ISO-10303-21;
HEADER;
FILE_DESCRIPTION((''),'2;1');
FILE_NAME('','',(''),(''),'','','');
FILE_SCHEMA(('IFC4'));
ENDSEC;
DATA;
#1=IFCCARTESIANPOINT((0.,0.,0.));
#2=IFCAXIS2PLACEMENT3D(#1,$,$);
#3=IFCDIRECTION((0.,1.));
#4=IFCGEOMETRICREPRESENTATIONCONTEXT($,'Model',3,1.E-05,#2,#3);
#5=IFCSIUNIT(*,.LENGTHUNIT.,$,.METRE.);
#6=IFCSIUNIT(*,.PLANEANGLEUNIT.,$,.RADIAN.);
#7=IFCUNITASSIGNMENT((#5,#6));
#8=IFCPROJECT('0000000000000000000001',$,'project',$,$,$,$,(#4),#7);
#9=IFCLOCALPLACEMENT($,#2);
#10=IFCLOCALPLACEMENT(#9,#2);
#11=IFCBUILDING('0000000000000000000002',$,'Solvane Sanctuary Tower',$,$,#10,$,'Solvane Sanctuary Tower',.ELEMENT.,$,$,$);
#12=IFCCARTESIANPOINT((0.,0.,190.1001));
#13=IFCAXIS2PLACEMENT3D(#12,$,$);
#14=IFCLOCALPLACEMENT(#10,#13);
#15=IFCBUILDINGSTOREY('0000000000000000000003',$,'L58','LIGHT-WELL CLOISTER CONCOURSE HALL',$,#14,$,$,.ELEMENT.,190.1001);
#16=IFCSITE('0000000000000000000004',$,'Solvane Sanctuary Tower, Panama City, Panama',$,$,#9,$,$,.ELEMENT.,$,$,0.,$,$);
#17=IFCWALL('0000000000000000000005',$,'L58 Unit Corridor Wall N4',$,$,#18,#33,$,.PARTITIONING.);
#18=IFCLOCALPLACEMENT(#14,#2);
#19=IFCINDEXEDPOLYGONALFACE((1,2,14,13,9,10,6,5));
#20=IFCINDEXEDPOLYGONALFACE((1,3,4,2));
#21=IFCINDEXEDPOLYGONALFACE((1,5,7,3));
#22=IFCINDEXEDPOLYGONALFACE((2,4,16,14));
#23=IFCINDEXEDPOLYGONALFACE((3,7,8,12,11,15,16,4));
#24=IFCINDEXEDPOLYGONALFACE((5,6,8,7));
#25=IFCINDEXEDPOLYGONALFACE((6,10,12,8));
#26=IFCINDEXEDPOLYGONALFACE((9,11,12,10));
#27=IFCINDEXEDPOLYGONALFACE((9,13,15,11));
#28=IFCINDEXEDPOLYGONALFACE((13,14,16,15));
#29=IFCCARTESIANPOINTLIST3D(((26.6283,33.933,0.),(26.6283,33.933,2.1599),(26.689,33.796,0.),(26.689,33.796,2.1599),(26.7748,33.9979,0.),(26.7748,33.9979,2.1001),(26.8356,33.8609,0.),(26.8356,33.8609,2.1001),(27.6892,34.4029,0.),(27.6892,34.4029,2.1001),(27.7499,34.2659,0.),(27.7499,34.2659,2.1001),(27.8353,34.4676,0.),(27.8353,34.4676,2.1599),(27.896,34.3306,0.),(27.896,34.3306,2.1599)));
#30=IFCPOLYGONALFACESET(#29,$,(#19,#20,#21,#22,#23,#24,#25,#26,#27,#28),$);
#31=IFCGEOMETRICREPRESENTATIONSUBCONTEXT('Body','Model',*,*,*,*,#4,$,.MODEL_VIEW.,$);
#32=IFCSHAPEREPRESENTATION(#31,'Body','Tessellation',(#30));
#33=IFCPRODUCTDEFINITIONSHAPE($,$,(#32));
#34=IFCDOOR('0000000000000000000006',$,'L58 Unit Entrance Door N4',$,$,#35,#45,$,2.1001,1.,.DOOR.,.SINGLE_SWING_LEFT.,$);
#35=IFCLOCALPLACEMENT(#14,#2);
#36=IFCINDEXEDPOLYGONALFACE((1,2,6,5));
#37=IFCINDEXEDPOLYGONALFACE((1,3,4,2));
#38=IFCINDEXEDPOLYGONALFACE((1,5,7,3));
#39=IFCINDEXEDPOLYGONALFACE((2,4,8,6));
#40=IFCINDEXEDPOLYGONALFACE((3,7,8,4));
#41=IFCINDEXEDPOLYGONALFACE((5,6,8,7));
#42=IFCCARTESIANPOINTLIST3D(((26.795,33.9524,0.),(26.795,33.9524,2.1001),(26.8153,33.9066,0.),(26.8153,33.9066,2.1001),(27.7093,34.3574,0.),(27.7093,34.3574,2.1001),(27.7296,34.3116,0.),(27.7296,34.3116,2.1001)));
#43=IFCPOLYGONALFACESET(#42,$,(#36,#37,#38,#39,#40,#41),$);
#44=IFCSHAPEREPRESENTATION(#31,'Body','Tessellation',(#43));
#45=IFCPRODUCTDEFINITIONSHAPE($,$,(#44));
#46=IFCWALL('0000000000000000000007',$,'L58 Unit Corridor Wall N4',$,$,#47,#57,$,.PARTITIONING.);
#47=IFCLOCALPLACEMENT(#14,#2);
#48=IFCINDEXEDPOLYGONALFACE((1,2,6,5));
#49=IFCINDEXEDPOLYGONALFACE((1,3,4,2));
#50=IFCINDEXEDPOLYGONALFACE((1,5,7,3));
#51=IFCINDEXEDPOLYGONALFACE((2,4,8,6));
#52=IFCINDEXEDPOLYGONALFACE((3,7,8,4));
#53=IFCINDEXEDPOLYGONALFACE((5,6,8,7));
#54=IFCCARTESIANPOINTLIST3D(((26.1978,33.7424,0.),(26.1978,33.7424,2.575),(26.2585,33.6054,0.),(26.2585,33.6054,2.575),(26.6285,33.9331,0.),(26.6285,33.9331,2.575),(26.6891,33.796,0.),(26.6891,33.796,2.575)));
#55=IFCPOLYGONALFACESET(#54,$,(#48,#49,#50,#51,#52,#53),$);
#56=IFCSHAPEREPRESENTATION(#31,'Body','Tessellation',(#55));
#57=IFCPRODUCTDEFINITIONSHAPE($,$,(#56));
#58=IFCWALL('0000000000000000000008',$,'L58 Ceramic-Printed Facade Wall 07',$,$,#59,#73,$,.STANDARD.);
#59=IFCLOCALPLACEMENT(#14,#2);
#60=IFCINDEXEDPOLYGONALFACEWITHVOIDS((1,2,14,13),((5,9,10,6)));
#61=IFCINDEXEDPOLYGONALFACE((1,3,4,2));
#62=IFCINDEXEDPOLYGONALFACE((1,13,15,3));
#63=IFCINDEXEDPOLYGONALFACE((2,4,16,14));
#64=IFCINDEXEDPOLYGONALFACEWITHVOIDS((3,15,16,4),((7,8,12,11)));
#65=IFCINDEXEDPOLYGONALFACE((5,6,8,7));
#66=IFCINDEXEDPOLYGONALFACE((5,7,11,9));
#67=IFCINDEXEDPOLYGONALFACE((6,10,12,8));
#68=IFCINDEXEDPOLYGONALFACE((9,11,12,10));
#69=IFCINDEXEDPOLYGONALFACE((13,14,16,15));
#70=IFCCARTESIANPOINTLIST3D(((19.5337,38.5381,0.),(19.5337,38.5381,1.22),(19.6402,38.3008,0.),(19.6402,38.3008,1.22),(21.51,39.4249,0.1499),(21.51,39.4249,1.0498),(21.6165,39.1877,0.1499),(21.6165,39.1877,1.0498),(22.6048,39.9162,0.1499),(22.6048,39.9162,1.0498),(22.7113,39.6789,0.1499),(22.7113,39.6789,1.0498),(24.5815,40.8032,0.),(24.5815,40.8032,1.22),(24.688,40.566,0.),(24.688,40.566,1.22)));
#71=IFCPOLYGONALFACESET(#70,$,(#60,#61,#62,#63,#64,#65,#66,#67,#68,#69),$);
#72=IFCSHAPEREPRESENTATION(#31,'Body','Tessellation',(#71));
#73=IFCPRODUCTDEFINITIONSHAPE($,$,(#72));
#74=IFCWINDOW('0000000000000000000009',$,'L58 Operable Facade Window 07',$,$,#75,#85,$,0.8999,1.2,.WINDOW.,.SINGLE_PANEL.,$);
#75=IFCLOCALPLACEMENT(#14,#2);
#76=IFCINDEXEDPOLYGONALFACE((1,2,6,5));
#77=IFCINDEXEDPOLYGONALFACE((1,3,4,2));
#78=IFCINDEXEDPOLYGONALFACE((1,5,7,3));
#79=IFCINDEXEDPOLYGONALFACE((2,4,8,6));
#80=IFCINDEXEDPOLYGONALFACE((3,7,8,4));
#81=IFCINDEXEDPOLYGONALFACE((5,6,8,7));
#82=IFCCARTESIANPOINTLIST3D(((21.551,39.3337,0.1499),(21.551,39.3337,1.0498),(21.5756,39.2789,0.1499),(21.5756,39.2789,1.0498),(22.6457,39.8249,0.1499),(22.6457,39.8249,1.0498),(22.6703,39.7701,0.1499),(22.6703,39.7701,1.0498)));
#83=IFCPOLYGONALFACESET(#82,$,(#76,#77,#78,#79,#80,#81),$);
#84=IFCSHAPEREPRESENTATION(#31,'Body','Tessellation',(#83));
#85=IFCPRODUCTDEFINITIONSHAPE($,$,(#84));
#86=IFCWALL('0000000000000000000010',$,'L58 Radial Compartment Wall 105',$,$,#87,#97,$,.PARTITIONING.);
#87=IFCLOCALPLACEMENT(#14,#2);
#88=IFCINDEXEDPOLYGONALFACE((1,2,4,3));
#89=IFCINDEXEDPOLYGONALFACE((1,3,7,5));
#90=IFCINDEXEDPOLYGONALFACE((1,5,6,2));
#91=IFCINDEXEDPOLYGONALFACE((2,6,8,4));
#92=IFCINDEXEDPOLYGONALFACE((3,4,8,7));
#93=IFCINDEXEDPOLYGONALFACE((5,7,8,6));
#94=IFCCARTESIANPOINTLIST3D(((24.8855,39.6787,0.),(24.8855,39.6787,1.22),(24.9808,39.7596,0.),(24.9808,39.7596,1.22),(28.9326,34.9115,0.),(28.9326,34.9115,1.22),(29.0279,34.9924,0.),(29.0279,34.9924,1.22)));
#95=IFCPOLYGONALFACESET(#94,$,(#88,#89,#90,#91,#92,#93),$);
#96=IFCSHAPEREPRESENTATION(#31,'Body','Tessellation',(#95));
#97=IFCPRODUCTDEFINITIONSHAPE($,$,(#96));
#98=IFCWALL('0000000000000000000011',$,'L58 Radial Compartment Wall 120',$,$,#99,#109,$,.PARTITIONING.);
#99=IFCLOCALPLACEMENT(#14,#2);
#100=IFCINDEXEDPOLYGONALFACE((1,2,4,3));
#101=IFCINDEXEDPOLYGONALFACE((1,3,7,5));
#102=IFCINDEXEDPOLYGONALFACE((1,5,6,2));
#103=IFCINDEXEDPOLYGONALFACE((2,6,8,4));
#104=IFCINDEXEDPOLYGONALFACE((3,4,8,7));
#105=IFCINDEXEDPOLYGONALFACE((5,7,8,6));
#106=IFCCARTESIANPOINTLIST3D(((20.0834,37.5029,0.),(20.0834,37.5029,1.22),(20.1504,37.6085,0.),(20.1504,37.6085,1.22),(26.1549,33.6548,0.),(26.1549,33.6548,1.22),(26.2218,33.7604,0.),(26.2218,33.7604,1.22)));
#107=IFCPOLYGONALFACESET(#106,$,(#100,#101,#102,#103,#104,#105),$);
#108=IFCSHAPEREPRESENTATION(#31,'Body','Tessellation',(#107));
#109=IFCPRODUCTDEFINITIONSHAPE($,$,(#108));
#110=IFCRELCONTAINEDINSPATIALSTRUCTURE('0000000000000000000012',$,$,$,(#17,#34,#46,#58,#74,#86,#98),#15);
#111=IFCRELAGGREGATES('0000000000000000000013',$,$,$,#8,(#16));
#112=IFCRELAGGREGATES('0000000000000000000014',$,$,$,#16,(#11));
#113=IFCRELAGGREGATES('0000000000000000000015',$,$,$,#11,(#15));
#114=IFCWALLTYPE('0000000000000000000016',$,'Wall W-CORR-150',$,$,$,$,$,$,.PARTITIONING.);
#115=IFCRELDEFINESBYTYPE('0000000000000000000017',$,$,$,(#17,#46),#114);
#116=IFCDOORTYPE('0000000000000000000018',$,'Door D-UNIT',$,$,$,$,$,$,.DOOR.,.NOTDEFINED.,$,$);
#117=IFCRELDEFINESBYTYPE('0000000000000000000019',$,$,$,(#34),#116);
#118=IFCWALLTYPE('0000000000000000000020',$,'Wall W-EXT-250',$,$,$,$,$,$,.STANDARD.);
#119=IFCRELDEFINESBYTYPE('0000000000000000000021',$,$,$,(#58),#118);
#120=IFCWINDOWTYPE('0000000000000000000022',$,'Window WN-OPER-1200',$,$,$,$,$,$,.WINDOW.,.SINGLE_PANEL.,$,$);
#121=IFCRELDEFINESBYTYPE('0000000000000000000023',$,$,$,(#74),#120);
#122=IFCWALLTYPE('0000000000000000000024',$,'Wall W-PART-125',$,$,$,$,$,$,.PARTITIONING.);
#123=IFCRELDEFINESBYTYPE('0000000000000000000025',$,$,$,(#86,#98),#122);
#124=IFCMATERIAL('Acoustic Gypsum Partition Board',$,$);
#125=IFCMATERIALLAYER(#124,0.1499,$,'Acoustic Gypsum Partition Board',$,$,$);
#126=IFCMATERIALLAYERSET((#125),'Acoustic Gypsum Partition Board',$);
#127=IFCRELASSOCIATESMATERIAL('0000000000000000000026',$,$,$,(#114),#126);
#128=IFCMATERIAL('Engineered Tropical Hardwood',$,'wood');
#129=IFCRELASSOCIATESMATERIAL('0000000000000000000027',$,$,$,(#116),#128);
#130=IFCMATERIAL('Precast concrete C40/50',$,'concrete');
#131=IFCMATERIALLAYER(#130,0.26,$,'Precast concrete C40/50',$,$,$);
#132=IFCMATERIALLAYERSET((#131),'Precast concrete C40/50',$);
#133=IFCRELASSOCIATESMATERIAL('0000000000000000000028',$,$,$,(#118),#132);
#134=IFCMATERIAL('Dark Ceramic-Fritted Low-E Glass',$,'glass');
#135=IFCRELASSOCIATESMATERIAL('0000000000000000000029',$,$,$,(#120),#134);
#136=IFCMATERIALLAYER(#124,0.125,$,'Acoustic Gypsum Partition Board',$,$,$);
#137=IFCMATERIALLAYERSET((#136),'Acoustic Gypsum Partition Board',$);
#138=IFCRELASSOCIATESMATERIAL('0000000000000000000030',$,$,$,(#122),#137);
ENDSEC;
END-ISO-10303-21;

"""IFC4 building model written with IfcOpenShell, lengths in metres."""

from ifc_helpers import new_model, si_unit, direction, frame, frame_2d, origin, place, context, subcontext, project, spatial, rectangle, extrude, material, layer, layer_set, type_object, element, fill, save


model = new_model("IFC4")

# Units and contexts
model_context = context("Model", 3, precision=1e-05, world=origin(), true_north=direction((0.0, 1.0)))
body_context = subcontext(model_context, "Body", "Model", "MODEL_VIEW")
ifc_project = project(units=[si_unit("LENGTHUNIT", "METRE"), si_unit("PLANEANGLEUNIT", "RADIAN")], contexts=[model_context])

# Site, building, storey
site_placement = place(None, origin())
site = spatial("IfcSite", under=ifc_project, at=site_placement, Name="Solvane Sanctuary Tower, Panama City, Panama", CompositionType="ELEMENT", RefElevation=0.0)
building_placement = place(site_placement, origin())
building = spatial("IfcBuilding", under=site, at=building_placement, Name="Solvane Sanctuary Tower", LongName="Solvane Sanctuary Tower", CompositionType="ELEMENT")
storey_placement = place(building_placement, frame((0.0, 0.0, 190.1001)))
storey = spatial("IfcBuildingStorey", under=building, at=storey_placement, Name="L58", Description="LIGHT-WELL CLOISTER CONCOURSE HALL", CompositionType="ELEMENT", Elevation=190.1001)

# Shared definitions
ifc_material_1 = material(Name="Acoustic Gypsum Partition Board")
ifc_layer_1 = layer(ifc_material_1, 0.1499, Name="Acoustic Gypsum Partition Board")
ifc_layer_set_1 = layer_set([ifc_layer_1], Name="Acoustic Gypsum Partition Board")
wall_type_1 = type_object("IfcWallType", Name="Wall W-CORR-150", PredefinedType="PARTITIONING", material=ifc_layer_set_1)

# Wall, opening, door
wall_1_placement = place(storey_placement, frame((27.8657, 34.3992, 0.0), z_axis=(0.0, 0.0, 1.0), x_axis=(-0.914314, -0.405006, 0.0)))
wall_1 = element("IfcWall", 1, at=wall_1_placement, inside=storey, type_object=wall_type_1, Name="L58 Unit Corridor Wall N4", PredefinedType="PARTITIONING", context=body_context, shape_type="SweptSolid", body=[
    extrude(rectangle(XDim=1.3201, YDim=0.1499, at=frame_2d((0.6602, 0.0))), origin(), (0.0, 0.0, 1.0), 2.1599),
])
opening_1_placement = place(wall_1_placement, frame((0.1599, 0.0, 0.0)))
opening_1 = element("IfcOpeningElement", 2, at=opening_1_placement, cuts=wall_1, PredefinedType="OPENING", context=body_context, shape_type="SweptSolid", body=[
    extrude(rectangle(XDim=1.0, YDim=2.1001, at=frame_2d((0.5, 1.05))), frame((0.0, 0.085, 0.0), z_axis=(0.0, -1.0, 0.0), x_axis=(1.0, 0.0, 0.0)), (0.0, 0.0, 1.0), 0.1699),
])
ifc_material_2 = material(Name="Engineered Tropical Hardwood", Category="wood")
door_type = type_object("IfcDoorType", Name="Door D-UNIT", OperationType="NOTDEFINED", PredefinedType="DOOR", material=ifc_material_2)
door_placement = place(opening_1_placement, origin())
door = element("IfcDoor", 3, at=door_placement, inside=storey, type_object=door_type, Name="L58 Unit Entrance Door N4", OperationType="SINGLE_SWING_LEFT", OverallHeight=2.1001, OverallWidth=1.0, PredefinedType="DOOR", context=body_context, shape_type="SweptSolid", body=[
    extrude(rectangle(XDim=1.0, YDim=2.1001, at=frame_2d((0.5, 1.05))), frame((0.0, 0.0249, 0.0), z_axis=(0.0, -1.0, 0.0), x_axis=(1.0, 0.0, 0.0)), (0.0, 0.0, 1.0), 0.05),
])
fill(opening_1, door)

# Wall
wall_2_placement = place(storey_placement, frame((26.6587, 33.8645, 0.0), z_axis=(0.0, 0.0, 1.0), x_axis=(-0.914388, -0.404839, 0.0)))
element("IfcWall", 4, at=wall_2_placement, inside=storey, type_object=wall_type_1, Name="L58 Unit Corridor Wall N4", PredefinedType="PARTITIONING", context=body_context, shape_type="SweptSolid", body=[
    extrude(rectangle(XDim=0.4709, YDim=0.1499, at=frame_2d((0.2354, 0.0))), origin(), (0.0, 0.0, 1.0), 2.575),
])

# Wall, opening, window
ifc_material_3 = material(Name="Precast concrete C40/50", Category="concrete")
ifc_layer_2 = layer(ifc_material_3, 0.26, Name="Precast concrete C40/50")
ifc_layer_set_2 = layer_set([ifc_layer_2], Name="Precast concrete C40/50")
wall_type_2 = type_object("IfcWallType", Name="Wall W-EXT-250", PredefinedType="STANDARD", material=ifc_layer_set_2)
wall_3_placement = place(storey_placement, frame((24.6348, 40.6846, 0.0), z_axis=(0.0, 0.0, 1.0), x_axis=(-0.912354, -0.409403, 0.0)))
wall_3 = element("IfcWall", 5, at=wall_3_placement, inside=storey, type_object=wall_type_2, Name="L58 Ceramic-Printed Facade Wall 07", PredefinedType="STANDARD", context=body_context, shape_type="SweptSolid", body=[
    extrude(rectangle(XDim=5.5327, YDim=0.26, at=frame_2d((2.7664, 0.0))), origin(), (0.0, 0.0, 1.0), 1.22),
])
opening_2_placement = place(wall_3_placement, frame((2.1665, 0.0, 0.1499)))
opening_2 = element("IfcOpeningElement", 6, at=opening_2_placement, cuts=wall_3, PredefinedType="OPENING", context=body_context, shape_type="SweptSolid", body=[
    extrude(rectangle(XDim=1.2, YDim=0.8999, at=frame_2d((0.6001, 0.45))), frame((0.0, 0.1399, 0.0), z_axis=(0.0, -1.0, 0.0), x_axis=(1.0, 0.0, 0.0)), (0.0, 0.0, 1.0), 0.28),
])
ifc_material_4 = material(Name="Dark Ceramic-Fritted Low-E Glass", Category="glass")
window_type = type_object("IfcWindowType", Name="Window WN-OPER-1200", PartitioningType="SINGLE_PANEL", PredefinedType="WINDOW", material=ifc_material_4)
window_placement = place(opening_2_placement, origin())
window = element("IfcWindow", 7, at=window_placement, inside=storey, type_object=window_type, Name="L58 Operable Facade Window 07", OverallHeight=0.8999, OverallWidth=1.2, PartitioningType="SINGLE_PANEL", PredefinedType="WINDOW", context=body_context, shape_type="SweptSolid", body=[
    extrude(rectangle(XDim=1.2, YDim=0.8999, at=frame_2d((0.6001, 0.45))), frame((0.0, 0.03, 0.0), z_axis=(0.0, -1.0, 0.0), x_axis=(1.0, 0.0, 0.0)), (0.0, 0.0, 1.0), 0.0601),
])
fill(opening_2, window)

# Walls
ifc_layer_3 = layer(ifc_material_1, 0.125, Name="Acoustic Gypsum Partition Board")
ifc_layer_set_3 = layer_set([ifc_layer_3], Name="Acoustic Gypsum Partition Board")
wall_type_3 = type_object("IfcWallType", Name="Wall W-PART-125", PredefinedType="PARTITIONING", material=ifc_layer_set_3)
wall_4_placement = place(storey_placement, frame((28.9802, 34.9519, 0.0), z_axis=(0.0, 0.0, 1.0), x_axis=(-0.647173, 0.762343, 0.0)))
element("IfcWall", 8, at=wall_4_placement, inside=storey, type_object=wall_type_3, Name="L58 Radial Compartment Wall 105", PredefinedType="PARTITIONING", context=body_context, shape_type="SweptSolid", body=[
    extrude(rectangle(XDim=6.2534, YDim=0.125, at=frame_2d((3.1267, 0.0))), origin(), (0.0, 0.0, 1.0), 1.22),
])
wall_5_placement = place(storey_placement, frame((26.1885, 33.7075, 0.0), z_axis=(0.0, 0.0, 1.0), x_axis=(-0.84464, 0.535334, 0.0)))
element("IfcWall", 9, at=wall_5_placement, inside=storey, type_object=wall_type_3, Name="L58 Radial Compartment Wall 120", PredefinedType="PARTITIONING", context=body_context, shape_type="SweptSolid", body=[
    extrude(rectangle(XDim=7.1882, YDim=0.125, at=frame_2d((3.5942, 0.0))), origin(), (0.0, 0.0, 1.0), 1.22),
])

save(model, "model.ifc")
